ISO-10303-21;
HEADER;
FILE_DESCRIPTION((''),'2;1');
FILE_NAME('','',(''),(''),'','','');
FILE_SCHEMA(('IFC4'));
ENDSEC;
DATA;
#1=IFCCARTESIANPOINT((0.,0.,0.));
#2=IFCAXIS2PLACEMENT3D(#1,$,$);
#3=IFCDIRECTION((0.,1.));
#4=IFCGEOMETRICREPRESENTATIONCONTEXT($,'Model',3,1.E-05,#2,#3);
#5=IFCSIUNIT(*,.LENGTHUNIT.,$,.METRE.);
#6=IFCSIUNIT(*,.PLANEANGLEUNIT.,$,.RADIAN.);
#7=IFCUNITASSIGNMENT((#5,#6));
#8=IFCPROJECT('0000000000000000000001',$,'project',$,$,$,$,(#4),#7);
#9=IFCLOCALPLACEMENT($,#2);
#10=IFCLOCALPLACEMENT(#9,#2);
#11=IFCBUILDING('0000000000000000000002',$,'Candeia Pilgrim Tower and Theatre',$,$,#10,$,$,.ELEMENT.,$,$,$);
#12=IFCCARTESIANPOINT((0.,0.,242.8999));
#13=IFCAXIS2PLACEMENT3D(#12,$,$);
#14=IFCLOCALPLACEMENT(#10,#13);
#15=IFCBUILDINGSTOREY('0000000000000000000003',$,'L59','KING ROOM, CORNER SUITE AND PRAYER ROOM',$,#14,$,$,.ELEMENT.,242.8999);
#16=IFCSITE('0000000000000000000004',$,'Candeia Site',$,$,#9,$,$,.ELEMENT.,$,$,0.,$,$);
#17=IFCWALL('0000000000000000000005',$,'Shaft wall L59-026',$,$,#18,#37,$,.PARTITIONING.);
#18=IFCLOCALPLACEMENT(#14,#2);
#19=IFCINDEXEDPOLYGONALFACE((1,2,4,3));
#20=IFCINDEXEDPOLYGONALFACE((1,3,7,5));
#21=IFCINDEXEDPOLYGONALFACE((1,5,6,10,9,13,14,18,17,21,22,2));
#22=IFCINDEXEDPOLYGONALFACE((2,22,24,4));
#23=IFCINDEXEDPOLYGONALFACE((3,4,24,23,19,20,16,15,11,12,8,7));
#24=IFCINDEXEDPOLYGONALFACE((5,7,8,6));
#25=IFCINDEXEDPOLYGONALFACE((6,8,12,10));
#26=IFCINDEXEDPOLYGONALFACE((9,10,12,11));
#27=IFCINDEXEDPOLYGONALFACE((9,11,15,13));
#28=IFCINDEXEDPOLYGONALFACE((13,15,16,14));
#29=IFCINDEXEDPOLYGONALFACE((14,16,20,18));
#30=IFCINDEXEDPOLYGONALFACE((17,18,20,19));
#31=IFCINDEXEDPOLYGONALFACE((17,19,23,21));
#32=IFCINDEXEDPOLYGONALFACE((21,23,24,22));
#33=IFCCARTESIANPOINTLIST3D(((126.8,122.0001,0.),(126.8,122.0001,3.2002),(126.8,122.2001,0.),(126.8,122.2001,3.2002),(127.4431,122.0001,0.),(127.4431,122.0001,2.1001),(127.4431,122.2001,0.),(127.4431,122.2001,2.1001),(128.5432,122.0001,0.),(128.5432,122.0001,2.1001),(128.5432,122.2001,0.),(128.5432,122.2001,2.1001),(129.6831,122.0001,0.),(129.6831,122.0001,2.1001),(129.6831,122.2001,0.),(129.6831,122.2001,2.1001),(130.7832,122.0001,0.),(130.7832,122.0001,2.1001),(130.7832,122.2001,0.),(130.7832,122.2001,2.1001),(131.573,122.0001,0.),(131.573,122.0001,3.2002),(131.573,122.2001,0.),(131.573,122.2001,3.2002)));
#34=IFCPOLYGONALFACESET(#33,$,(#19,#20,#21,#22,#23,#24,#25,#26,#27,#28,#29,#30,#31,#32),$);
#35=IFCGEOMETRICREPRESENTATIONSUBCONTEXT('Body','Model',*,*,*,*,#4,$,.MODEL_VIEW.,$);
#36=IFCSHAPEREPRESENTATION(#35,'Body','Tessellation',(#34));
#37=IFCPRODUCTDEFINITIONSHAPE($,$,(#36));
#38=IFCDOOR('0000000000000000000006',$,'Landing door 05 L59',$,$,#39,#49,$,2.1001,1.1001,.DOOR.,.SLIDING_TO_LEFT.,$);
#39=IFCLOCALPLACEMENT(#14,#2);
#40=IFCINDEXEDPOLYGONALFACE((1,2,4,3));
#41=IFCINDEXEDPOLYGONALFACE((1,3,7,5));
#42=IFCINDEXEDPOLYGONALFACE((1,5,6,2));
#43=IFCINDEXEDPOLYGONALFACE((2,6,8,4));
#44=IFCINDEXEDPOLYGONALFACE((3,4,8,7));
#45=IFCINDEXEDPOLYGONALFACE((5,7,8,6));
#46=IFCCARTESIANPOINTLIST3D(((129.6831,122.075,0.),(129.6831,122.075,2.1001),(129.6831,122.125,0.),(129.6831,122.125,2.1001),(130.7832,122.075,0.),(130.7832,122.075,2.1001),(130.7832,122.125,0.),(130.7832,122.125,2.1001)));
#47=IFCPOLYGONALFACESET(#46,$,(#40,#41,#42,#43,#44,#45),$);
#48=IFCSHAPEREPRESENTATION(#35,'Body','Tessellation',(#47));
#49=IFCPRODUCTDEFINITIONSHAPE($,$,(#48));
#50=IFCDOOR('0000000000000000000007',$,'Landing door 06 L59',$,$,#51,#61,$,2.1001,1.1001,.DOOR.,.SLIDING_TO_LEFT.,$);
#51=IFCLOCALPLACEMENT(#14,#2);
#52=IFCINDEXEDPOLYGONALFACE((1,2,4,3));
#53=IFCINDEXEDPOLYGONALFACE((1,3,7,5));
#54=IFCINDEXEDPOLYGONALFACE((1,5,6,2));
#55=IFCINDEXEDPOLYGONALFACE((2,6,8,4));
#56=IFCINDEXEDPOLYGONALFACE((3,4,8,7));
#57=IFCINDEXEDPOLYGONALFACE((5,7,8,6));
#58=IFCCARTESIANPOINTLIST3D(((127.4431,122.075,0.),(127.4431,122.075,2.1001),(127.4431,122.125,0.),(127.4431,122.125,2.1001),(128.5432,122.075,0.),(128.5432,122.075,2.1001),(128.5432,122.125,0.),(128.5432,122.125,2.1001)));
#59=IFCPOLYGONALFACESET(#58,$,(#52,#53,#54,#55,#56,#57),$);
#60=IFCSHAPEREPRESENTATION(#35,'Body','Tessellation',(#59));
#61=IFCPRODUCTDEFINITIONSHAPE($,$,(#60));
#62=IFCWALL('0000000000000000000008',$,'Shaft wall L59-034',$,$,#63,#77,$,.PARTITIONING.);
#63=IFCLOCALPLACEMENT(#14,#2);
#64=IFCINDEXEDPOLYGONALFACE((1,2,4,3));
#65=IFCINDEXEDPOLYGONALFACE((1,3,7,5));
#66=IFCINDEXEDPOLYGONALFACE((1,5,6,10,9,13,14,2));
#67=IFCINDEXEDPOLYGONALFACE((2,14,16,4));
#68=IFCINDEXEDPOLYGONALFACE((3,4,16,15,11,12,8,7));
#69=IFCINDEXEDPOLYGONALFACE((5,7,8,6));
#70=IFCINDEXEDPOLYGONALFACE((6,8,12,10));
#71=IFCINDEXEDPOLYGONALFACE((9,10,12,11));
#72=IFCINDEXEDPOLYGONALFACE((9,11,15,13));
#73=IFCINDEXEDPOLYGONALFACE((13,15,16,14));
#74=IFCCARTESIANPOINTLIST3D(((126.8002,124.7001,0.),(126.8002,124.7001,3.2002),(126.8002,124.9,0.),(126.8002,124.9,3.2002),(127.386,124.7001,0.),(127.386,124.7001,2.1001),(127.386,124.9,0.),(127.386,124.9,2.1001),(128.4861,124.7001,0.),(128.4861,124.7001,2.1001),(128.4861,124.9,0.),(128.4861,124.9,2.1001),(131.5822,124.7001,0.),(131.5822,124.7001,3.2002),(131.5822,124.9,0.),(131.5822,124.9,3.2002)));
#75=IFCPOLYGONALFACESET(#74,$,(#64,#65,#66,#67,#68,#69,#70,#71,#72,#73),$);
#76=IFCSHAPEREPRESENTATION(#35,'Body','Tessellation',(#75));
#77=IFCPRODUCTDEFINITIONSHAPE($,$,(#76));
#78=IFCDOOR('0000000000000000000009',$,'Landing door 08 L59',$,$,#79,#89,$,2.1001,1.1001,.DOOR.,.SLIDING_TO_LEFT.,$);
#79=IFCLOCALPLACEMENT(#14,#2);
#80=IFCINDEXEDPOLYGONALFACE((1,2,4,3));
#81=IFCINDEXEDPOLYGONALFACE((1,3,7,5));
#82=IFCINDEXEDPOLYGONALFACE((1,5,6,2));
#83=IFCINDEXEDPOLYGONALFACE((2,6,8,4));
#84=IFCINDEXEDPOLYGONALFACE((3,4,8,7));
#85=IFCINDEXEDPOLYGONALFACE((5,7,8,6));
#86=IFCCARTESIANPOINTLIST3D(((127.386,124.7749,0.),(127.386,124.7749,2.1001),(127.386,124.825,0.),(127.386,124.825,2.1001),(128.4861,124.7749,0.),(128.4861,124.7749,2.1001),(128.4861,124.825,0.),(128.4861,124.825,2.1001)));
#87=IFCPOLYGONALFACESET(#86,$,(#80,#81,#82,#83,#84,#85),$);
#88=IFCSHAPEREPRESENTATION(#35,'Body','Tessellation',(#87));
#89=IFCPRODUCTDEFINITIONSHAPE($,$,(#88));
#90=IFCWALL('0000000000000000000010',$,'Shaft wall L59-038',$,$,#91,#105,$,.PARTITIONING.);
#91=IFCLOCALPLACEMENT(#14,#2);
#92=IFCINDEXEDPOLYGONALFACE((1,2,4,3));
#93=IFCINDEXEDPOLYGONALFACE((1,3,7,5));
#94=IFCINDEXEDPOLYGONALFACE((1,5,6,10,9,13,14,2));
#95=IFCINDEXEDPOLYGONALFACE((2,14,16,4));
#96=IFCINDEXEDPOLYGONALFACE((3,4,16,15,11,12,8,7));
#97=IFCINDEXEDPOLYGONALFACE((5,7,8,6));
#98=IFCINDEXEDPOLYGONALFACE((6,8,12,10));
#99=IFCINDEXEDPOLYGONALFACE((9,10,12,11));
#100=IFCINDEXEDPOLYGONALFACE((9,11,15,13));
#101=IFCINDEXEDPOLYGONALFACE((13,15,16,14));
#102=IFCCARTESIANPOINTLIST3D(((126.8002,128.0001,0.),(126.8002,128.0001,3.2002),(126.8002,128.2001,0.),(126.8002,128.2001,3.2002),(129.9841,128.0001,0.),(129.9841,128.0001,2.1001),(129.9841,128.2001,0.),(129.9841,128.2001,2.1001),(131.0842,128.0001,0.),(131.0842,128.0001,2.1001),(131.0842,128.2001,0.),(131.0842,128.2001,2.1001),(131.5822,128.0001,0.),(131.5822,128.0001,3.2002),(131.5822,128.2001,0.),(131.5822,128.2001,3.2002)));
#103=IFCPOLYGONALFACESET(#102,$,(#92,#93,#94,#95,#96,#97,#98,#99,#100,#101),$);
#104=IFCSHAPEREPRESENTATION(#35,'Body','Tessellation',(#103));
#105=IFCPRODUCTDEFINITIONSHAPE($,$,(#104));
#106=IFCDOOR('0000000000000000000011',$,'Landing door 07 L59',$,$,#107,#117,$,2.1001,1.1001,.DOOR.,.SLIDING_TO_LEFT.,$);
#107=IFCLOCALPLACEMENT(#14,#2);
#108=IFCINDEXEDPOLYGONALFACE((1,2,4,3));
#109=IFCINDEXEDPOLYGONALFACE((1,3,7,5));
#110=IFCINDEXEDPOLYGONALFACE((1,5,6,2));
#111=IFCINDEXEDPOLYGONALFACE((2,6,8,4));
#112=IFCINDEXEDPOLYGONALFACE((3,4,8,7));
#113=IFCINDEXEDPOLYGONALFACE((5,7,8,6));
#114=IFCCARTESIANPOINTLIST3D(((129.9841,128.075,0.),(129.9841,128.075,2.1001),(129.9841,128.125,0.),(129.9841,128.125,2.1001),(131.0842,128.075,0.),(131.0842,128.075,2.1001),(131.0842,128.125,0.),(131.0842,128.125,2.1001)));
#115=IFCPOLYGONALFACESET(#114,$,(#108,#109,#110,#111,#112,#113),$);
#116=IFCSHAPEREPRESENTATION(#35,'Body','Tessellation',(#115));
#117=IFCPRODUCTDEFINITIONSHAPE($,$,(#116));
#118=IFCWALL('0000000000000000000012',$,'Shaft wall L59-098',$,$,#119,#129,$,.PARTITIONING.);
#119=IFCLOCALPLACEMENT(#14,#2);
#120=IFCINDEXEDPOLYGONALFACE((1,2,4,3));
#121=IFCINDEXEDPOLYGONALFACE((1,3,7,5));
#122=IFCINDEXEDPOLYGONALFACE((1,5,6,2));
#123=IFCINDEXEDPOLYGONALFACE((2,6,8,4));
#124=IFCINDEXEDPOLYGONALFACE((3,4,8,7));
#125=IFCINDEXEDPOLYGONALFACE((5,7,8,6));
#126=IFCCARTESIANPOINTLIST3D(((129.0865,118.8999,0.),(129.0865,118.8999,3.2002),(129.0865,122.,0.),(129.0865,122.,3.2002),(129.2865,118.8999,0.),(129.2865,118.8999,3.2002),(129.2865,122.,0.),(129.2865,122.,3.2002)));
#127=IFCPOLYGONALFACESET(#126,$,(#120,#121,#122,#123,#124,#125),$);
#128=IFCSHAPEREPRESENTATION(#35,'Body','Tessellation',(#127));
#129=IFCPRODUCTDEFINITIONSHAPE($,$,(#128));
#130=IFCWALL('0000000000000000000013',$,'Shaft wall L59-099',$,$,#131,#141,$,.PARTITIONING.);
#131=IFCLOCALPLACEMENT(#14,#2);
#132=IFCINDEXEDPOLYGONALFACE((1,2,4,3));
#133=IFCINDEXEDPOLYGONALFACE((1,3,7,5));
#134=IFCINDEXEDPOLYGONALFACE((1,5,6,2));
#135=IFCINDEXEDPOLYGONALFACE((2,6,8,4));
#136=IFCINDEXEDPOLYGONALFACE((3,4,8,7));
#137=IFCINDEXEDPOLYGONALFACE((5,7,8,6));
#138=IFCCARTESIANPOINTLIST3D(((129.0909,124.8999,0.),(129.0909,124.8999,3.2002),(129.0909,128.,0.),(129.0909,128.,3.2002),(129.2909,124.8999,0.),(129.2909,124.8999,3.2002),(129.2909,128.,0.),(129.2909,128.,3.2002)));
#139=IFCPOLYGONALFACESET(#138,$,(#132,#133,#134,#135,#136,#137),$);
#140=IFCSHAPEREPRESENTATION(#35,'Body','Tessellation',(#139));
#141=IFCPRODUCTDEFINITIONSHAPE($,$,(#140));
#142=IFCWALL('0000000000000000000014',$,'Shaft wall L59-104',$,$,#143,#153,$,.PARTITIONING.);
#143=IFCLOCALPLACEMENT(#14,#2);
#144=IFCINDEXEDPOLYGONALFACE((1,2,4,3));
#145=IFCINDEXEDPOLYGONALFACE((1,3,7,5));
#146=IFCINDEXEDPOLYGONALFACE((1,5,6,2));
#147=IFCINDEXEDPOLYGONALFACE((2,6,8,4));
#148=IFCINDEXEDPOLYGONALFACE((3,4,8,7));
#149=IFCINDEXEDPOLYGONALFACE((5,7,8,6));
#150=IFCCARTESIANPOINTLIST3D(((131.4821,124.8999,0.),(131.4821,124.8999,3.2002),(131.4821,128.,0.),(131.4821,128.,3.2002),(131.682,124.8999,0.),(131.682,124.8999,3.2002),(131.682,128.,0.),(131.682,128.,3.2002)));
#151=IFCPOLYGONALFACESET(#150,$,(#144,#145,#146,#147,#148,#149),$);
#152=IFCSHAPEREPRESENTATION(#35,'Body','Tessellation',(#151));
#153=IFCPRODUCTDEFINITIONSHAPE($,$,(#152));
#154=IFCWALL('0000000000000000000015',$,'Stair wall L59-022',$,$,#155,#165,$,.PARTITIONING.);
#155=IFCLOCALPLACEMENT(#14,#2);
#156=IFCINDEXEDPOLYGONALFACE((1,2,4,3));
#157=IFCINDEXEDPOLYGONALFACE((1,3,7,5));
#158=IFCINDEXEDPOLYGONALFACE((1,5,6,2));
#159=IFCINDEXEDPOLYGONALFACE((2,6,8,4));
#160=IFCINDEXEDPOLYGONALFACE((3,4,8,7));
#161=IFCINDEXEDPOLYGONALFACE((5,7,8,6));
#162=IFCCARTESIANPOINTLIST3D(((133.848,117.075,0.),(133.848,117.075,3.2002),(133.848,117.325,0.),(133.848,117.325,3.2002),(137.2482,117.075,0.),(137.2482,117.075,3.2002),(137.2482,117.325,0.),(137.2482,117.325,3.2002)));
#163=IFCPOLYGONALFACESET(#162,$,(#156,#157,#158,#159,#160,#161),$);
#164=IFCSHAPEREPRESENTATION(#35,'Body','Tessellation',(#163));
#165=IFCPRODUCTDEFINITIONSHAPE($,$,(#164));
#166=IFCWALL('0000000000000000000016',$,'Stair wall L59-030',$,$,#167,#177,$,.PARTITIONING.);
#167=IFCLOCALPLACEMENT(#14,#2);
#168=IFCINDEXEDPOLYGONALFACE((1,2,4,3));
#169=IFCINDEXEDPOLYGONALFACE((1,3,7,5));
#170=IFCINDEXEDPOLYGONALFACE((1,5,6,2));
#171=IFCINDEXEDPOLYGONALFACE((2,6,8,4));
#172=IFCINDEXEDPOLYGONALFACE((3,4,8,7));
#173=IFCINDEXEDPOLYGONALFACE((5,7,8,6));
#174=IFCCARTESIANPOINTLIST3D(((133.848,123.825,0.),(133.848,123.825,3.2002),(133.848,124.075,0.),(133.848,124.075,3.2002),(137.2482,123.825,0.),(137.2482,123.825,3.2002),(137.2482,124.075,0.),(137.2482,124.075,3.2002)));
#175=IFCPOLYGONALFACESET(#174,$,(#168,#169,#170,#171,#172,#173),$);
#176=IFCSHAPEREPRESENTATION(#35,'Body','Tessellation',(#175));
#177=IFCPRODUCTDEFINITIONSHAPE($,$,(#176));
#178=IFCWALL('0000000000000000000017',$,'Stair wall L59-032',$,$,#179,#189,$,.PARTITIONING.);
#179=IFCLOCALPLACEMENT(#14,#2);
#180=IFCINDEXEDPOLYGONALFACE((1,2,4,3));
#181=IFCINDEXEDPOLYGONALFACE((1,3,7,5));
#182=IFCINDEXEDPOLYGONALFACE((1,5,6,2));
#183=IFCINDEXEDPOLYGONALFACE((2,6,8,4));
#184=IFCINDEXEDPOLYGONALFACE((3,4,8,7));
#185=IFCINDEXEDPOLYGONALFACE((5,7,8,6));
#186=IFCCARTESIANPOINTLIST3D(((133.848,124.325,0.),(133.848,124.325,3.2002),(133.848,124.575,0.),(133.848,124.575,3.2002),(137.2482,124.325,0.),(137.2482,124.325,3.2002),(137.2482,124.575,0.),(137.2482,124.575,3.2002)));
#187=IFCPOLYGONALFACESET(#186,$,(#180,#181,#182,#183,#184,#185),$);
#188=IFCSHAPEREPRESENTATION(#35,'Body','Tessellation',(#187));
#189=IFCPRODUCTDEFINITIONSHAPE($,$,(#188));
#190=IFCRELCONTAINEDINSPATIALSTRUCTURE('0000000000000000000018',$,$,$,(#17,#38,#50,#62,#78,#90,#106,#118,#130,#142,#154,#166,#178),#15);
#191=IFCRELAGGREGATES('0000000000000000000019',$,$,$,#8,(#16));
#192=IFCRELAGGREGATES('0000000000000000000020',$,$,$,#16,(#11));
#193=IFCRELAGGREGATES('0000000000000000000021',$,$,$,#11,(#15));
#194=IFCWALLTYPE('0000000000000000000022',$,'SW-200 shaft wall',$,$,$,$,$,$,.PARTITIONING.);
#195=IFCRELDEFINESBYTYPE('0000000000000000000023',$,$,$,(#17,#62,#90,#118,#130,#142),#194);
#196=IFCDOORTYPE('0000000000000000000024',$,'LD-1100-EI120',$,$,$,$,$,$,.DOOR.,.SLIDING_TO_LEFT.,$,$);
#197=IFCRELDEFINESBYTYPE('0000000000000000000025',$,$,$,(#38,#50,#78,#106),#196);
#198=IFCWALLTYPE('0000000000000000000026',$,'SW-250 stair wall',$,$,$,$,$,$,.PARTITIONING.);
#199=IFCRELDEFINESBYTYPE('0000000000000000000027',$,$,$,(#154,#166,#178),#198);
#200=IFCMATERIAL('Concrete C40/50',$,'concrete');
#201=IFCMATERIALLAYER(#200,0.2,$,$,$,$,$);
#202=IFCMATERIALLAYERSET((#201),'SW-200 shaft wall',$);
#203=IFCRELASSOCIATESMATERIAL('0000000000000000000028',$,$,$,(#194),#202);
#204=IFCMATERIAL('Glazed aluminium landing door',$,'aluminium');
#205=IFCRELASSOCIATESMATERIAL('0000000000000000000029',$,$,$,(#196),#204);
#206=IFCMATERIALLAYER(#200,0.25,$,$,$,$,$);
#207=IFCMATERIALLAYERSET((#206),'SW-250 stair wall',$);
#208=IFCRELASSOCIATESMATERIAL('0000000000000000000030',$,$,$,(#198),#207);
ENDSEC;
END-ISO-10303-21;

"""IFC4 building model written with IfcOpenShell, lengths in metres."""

from ifc_helpers import new_model, si_unit, direction, frame, frame_2d, origin, place, context, subcontext, project, spatial, rectangle, extrude, material, layer, layer_set, type_object, element, fill, save


model = new_model("IFC4")

# Units and contexts
model_context = context("Model", 3, precision=1e-05, world=origin(), true_north=direction((0.0, 1.0)))
body_context = subcontext(model_context, "Body", "Model", "MODEL_VIEW")
ifc_project = project(units=[si_unit("LENGTHUNIT", "METRE"), si_unit("PLANEANGLEUNIT", "RADIAN")], contexts=[model_context])

# Site, building, storey
site_placement = place(None, origin())
site = spatial("IfcSite", under=ifc_project, at=site_placement, Name="Candeia Site", CompositionType="ELEMENT", RefElevation=0.0)
building_placement = place(site_placement, origin())
building = spatial("IfcBuilding", under=site, at=building_placement, Name="Candeia Pilgrim Tower and Theatre", CompositionType="ELEMENT")
storey_placement = place(building_placement, frame((0.0, 0.0, 242.8999)))
storey = spatial("IfcBuildingStorey", under=building, at=storey_placement, Name="L59", Description="KING ROOM, CORNER SUITE AND PRAYER ROOM", CompositionType="ELEMENT", Elevation=242.8999)

# Shared definitions
ifc_material_1 = material(Name="Concrete C40/50", Category="concrete")
ifc_layer_1 = layer(ifc_material_1, 0.2)
ifc_layer_set_1 = layer_set([ifc_layer_1], Name="SW-200 shaft wall")
wall_type_1 = type_object("IfcWallType", Name="SW-200 shaft wall", PredefinedType="PARTITIONING", material=ifc_layer_set_1)

# Wall, openings, doors
wall_1_placement = place(storey_placement, frame((126.8, 122.1001, 0.0), z_axis=(0.0, 0.0, 1.0), x_axis=(1.0, 0.0, 0.0)))
wall_1 = element("IfcWall", 1, at=wall_1_placement, inside=storey, type_object=wall_type_1, Name="Shaft wall L59-026", PredefinedType="PARTITIONING", context=body_context, shape_type="SweptSolid", body=[
    extrude(rectangle(XDim=4.7729, YDim=0.2, at=frame_2d((2.3865, 0.0))), origin(), (0.0, 0.0, 1.0), 3.2002),
])
opening_1_placement = place(wall_1_placement, frame((2.8831, 0.0, 0.0)))
opening_1 = element("IfcOpeningElement", 2, at=opening_1_placement, cuts=wall_1, PredefinedType="OPENING", context=body_context, shape_type="SweptSolid", body=[
    extrude(rectangle(XDim=1.1001, YDim=2.1001, at=frame_2d((0.55, 1.05))), frame((0.0, 0.1099, 0.0), z_axis=(0.0, -1.0, 0.0), x_axis=(1.0, 0.0, 0.0)), (0.0, 0.0, 1.0), 0.22),
])
opening_2_placement = place(wall_1_placement, frame((0.6431, 0.0, 0.0)))
opening_2 = element("IfcOpeningElement", 3, at=opening_2_placement, cuts=wall_1, PredefinedType="OPENING", context=body_context, shape_type="SweptSolid", body=[
    extrude(rectangle(XDim=1.1001, YDim=2.1001, at=frame_2d((0.55, 1.05))), frame((0.0, 0.1099, 0.0), z_axis=(0.0, -1.0, 0.0), x_axis=(1.0, 0.0, 0.0)), (0.0, 0.0, 1.0), 0.22),
])
ifc_material_2 = material(Name="Glazed aluminium landing door", Category="aluminium")
door_type_1 = type_object("IfcDoorType", Name="LD-1100-EI120", OperationType="SLIDING_TO_LEFT", PredefinedType="DOOR", material=ifc_material_2)
door_1_placement = place(opening_1_placement, origin())
door_1 = element("IfcDoor", 4, at=door_1_placement, inside=storey, type_object=door_type_1, Name="Landing door 05 L59", OperationType="SLIDING_TO_LEFT", OverallHeight=2.1001, OverallWidth=1.1001, PredefinedType="DOOR", context=body_context, shape_type="SweptSolid", body=[
    extrude(rectangle(XDim=1.1001, YDim=2.1001, at=frame_2d((0.55, 1.05))), frame((0.0, 0.0249, 0.0), z_axis=(0.0, -1.0, 0.0), x_axis=(1.0, 0.0, 0.0)), (0.0, 0.0, 1.0), 0.05),
])
fill(opening_1, door_1)
door_2_placement = place(opening_2_placement, origin())
door_2 = element("IfcDoor", 5, at=door_2_placement, inside=storey, type_object=door_type_1, Name="Landing door 06 L59", OperationType="SLIDING_TO_LEFT", OverallHeight=2.1001, OverallWidth=1.1001, PredefinedType="DOOR", context=body_context, shape_type="SweptSolid", body=[
    extrude(rectangle(XDim=1.1001, YDim=2.1001, at=frame_2d((0.55, 1.05))), frame((0.0, 0.0249, 0.0), z_axis=(0.0, -1.0, 0.0), x_axis=(1.0, 0.0, 0.0)), (0.0, 0.0, 1.0), 0.05),
])
fill(opening_2, door_2)

# Walls, openings, doors
wall_2_placement = place(storey_placement, frame((126.8, 124.8, 0.0), z_axis=(0.0, 0.0, 1.0), x_axis=(1.0, 0.0, 0.0)))
wall_2 = element("IfcWall", 6, at=wall_2_placement, inside=storey, type_object=wall_type_1, Name="Shaft wall L59-034", PredefinedType="PARTITIONING", context=body_context, shape_type="SweptSolid", body=[
    extrude(rectangle(XDim=4.782, YDim=0.2, at=frame_2d((2.3911, 0.0))), origin(), (0.0, 0.0, 1.0), 3.2002),
])
opening_3_placement = place(wall_2_placement, frame((0.5859, 0.0, 0.0)))
opening_3 = element("IfcOpeningElement", 7, at=opening_3_placement, cuts=wall_2, PredefinedType="OPENING", context=body_context, shape_type="SweptSolid", body=[
    extrude(rectangle(XDim=1.1001, YDim=2.1001, at=frame_2d((0.55, 1.05))), frame((0.0, 0.1099, 0.0), z_axis=(0.0, -1.0, 0.0), x_axis=(1.0, 0.0, 0.0)), (0.0, 0.0, 1.0), 0.22),
])
door_3_placement = place(opening_3_placement, origin())
door_3 = element("IfcDoor", 8, at=door_3_placement, inside=storey, type_object=door_type_1, Name="Landing door 08 L59", OperationType="SLIDING_TO_LEFT", OverallHeight=2.1001, OverallWidth=1.1001, PredefinedType="DOOR", context=body_context, shape_type="SweptSolid", body=[
    extrude(rectangle(XDim=1.1001, YDim=2.1001, at=frame_2d((0.55, 1.05))), frame((0.0, 0.0249, 0.0), z_axis=(0.0, -1.0, 0.0), x_axis=(1.0, 0.0, 0.0)), (0.0, 0.0, 1.0), 0.05),
])
fill(opening_3, door_3)
wall_3_placement = place(storey_placement, frame((126.8, 128.1001, 0.0), z_axis=(0.0, 0.0, 1.0), x_axis=(1.0, 0.0, 0.0)))
wall_3 = element("IfcWall", 9, at=wall_3_placement, inside=storey, type_object=wall_type_1, Name="Shaft wall L59-038", PredefinedType="PARTITIONING", context=body_context, shape_type="SweptSolid", body=[
    extrude(rectangle(XDim=4.782, YDim=0.2, at=frame_2d((2.3911, 0.0))), origin(), (0.0, 0.0, 1.0), 3.2002),
])
opening_4_placement = place(wall_3_placement, frame((3.1841, 0.0, 0.0)))
opening_4 = element("IfcOpeningElement", 10, at=opening_4_placement, cuts=wall_3, PredefinedType="OPENING", context=body_context, shape_type="SweptSolid", body=[
    extrude(rectangle(XDim=1.1001, YDim=2.1001, at=frame_2d((0.55, 1.05))), frame((0.0, 0.1099, 0.0), z_axis=(0.0, -1.0, 0.0), x_axis=(1.0, 0.0, 0.0)), (0.0, 0.0, 1.0), 0.22),
])
door_4_placement = place(opening_4_placement, origin())
door_4 = element("IfcDoor", 11, at=door_4_placement, inside=storey, type_object=door_type_1, Name="Landing door 07 L59", OperationType="SLIDING_TO_LEFT", OverallHeight=2.1001, OverallWidth=1.1001, PredefinedType="DOOR", context=body_context, shape_type="SweptSolid", body=[
    extrude(rectangle(XDim=1.1001, YDim=2.1001, at=frame_2d((0.55, 1.05))), frame((0.0, 0.0249, 0.0), z_axis=(0.0, -1.0, 0.0), x_axis=(1.0, 0.0, 0.0)), (0.0, 0.0, 1.0), 0.05),
])
fill(opening_4, door_4)

# Walls
for number, where, z_axis, x_axis, name in (
    (12, (129.1865, 118.8999, 0.0), (0.0, 0.0, 1.0), (0.0, 1.0, 0.0), "Shaft wall L59-098"),
    (13, (129.1909, 124.8999, 0.0), (0.0, 0.0, 1.0), (0.0, 1.0, 0.0), "Shaft wall L59-099"),
    (14, (131.582, 124.8999, 0.0), (0.0, 0.0, 1.0), (0.0, 1.0, 0.0), "Shaft wall L59-104"),
):
    element("IfcWall", number, at=place(storey_placement, frame(where, z_axis=z_axis, x_axis=x_axis)), inside=storey, type_object=wall_type_1, Name=name, PredefinedType="PARTITIONING", context=body_context, shape_type="SweptSolid", body=[
        extrude(rectangle(XDim=3.1001, YDim=0.2, at=frame_2d((1.55, 0.0))), origin(), (0.0, 0.0, 1.0), 3.2002),
    ])
ifc_layer_2 = layer(ifc_material_1, 0.25)
ifc_layer_set_2 = layer_set([ifc_layer_2], Name="SW-250 stair wall")
wall_type_2 = type_object("IfcWallType", Name="SW-250 stair wall", PredefinedType="PARTITIONING", material=ifc_layer_set_2)
for number, where, z_axis, x_axis, name in (
    (15, (133.8479, 117.2, 0.0), (0.0, 0.0, 1.0), (1.0, 0.0, 0.0), "Stair wall L59-022"),
    (16, (133.8479, 123.95, 0.0), (0.0, 0.0, 1.0), (1.0, 0.0, 0.0), "Stair wall L59-030"),
    (17, (133.8479, 124.45, 0.0), (0.0, 0.0, 1.0), (1.0, 0.0, 0.0), "Stair wall L59-032"),
):
    element("IfcWall", number, at=place(storey_placement, frame(where, z_axis=z_axis, x_axis=x_axis)), inside=storey, type_object=wall_type_2, Name=name, PredefinedType="PARTITIONING", context=body_context, shape_type="SweptSolid", body=[
        extrude(rectangle(XDim=3.4001, YDim=0.25, at=frame_2d((1.7002, 0.0))), origin(), (0.0, 0.0, 1.0), 3.2002),
    ])

save(model, "model.ifc")
